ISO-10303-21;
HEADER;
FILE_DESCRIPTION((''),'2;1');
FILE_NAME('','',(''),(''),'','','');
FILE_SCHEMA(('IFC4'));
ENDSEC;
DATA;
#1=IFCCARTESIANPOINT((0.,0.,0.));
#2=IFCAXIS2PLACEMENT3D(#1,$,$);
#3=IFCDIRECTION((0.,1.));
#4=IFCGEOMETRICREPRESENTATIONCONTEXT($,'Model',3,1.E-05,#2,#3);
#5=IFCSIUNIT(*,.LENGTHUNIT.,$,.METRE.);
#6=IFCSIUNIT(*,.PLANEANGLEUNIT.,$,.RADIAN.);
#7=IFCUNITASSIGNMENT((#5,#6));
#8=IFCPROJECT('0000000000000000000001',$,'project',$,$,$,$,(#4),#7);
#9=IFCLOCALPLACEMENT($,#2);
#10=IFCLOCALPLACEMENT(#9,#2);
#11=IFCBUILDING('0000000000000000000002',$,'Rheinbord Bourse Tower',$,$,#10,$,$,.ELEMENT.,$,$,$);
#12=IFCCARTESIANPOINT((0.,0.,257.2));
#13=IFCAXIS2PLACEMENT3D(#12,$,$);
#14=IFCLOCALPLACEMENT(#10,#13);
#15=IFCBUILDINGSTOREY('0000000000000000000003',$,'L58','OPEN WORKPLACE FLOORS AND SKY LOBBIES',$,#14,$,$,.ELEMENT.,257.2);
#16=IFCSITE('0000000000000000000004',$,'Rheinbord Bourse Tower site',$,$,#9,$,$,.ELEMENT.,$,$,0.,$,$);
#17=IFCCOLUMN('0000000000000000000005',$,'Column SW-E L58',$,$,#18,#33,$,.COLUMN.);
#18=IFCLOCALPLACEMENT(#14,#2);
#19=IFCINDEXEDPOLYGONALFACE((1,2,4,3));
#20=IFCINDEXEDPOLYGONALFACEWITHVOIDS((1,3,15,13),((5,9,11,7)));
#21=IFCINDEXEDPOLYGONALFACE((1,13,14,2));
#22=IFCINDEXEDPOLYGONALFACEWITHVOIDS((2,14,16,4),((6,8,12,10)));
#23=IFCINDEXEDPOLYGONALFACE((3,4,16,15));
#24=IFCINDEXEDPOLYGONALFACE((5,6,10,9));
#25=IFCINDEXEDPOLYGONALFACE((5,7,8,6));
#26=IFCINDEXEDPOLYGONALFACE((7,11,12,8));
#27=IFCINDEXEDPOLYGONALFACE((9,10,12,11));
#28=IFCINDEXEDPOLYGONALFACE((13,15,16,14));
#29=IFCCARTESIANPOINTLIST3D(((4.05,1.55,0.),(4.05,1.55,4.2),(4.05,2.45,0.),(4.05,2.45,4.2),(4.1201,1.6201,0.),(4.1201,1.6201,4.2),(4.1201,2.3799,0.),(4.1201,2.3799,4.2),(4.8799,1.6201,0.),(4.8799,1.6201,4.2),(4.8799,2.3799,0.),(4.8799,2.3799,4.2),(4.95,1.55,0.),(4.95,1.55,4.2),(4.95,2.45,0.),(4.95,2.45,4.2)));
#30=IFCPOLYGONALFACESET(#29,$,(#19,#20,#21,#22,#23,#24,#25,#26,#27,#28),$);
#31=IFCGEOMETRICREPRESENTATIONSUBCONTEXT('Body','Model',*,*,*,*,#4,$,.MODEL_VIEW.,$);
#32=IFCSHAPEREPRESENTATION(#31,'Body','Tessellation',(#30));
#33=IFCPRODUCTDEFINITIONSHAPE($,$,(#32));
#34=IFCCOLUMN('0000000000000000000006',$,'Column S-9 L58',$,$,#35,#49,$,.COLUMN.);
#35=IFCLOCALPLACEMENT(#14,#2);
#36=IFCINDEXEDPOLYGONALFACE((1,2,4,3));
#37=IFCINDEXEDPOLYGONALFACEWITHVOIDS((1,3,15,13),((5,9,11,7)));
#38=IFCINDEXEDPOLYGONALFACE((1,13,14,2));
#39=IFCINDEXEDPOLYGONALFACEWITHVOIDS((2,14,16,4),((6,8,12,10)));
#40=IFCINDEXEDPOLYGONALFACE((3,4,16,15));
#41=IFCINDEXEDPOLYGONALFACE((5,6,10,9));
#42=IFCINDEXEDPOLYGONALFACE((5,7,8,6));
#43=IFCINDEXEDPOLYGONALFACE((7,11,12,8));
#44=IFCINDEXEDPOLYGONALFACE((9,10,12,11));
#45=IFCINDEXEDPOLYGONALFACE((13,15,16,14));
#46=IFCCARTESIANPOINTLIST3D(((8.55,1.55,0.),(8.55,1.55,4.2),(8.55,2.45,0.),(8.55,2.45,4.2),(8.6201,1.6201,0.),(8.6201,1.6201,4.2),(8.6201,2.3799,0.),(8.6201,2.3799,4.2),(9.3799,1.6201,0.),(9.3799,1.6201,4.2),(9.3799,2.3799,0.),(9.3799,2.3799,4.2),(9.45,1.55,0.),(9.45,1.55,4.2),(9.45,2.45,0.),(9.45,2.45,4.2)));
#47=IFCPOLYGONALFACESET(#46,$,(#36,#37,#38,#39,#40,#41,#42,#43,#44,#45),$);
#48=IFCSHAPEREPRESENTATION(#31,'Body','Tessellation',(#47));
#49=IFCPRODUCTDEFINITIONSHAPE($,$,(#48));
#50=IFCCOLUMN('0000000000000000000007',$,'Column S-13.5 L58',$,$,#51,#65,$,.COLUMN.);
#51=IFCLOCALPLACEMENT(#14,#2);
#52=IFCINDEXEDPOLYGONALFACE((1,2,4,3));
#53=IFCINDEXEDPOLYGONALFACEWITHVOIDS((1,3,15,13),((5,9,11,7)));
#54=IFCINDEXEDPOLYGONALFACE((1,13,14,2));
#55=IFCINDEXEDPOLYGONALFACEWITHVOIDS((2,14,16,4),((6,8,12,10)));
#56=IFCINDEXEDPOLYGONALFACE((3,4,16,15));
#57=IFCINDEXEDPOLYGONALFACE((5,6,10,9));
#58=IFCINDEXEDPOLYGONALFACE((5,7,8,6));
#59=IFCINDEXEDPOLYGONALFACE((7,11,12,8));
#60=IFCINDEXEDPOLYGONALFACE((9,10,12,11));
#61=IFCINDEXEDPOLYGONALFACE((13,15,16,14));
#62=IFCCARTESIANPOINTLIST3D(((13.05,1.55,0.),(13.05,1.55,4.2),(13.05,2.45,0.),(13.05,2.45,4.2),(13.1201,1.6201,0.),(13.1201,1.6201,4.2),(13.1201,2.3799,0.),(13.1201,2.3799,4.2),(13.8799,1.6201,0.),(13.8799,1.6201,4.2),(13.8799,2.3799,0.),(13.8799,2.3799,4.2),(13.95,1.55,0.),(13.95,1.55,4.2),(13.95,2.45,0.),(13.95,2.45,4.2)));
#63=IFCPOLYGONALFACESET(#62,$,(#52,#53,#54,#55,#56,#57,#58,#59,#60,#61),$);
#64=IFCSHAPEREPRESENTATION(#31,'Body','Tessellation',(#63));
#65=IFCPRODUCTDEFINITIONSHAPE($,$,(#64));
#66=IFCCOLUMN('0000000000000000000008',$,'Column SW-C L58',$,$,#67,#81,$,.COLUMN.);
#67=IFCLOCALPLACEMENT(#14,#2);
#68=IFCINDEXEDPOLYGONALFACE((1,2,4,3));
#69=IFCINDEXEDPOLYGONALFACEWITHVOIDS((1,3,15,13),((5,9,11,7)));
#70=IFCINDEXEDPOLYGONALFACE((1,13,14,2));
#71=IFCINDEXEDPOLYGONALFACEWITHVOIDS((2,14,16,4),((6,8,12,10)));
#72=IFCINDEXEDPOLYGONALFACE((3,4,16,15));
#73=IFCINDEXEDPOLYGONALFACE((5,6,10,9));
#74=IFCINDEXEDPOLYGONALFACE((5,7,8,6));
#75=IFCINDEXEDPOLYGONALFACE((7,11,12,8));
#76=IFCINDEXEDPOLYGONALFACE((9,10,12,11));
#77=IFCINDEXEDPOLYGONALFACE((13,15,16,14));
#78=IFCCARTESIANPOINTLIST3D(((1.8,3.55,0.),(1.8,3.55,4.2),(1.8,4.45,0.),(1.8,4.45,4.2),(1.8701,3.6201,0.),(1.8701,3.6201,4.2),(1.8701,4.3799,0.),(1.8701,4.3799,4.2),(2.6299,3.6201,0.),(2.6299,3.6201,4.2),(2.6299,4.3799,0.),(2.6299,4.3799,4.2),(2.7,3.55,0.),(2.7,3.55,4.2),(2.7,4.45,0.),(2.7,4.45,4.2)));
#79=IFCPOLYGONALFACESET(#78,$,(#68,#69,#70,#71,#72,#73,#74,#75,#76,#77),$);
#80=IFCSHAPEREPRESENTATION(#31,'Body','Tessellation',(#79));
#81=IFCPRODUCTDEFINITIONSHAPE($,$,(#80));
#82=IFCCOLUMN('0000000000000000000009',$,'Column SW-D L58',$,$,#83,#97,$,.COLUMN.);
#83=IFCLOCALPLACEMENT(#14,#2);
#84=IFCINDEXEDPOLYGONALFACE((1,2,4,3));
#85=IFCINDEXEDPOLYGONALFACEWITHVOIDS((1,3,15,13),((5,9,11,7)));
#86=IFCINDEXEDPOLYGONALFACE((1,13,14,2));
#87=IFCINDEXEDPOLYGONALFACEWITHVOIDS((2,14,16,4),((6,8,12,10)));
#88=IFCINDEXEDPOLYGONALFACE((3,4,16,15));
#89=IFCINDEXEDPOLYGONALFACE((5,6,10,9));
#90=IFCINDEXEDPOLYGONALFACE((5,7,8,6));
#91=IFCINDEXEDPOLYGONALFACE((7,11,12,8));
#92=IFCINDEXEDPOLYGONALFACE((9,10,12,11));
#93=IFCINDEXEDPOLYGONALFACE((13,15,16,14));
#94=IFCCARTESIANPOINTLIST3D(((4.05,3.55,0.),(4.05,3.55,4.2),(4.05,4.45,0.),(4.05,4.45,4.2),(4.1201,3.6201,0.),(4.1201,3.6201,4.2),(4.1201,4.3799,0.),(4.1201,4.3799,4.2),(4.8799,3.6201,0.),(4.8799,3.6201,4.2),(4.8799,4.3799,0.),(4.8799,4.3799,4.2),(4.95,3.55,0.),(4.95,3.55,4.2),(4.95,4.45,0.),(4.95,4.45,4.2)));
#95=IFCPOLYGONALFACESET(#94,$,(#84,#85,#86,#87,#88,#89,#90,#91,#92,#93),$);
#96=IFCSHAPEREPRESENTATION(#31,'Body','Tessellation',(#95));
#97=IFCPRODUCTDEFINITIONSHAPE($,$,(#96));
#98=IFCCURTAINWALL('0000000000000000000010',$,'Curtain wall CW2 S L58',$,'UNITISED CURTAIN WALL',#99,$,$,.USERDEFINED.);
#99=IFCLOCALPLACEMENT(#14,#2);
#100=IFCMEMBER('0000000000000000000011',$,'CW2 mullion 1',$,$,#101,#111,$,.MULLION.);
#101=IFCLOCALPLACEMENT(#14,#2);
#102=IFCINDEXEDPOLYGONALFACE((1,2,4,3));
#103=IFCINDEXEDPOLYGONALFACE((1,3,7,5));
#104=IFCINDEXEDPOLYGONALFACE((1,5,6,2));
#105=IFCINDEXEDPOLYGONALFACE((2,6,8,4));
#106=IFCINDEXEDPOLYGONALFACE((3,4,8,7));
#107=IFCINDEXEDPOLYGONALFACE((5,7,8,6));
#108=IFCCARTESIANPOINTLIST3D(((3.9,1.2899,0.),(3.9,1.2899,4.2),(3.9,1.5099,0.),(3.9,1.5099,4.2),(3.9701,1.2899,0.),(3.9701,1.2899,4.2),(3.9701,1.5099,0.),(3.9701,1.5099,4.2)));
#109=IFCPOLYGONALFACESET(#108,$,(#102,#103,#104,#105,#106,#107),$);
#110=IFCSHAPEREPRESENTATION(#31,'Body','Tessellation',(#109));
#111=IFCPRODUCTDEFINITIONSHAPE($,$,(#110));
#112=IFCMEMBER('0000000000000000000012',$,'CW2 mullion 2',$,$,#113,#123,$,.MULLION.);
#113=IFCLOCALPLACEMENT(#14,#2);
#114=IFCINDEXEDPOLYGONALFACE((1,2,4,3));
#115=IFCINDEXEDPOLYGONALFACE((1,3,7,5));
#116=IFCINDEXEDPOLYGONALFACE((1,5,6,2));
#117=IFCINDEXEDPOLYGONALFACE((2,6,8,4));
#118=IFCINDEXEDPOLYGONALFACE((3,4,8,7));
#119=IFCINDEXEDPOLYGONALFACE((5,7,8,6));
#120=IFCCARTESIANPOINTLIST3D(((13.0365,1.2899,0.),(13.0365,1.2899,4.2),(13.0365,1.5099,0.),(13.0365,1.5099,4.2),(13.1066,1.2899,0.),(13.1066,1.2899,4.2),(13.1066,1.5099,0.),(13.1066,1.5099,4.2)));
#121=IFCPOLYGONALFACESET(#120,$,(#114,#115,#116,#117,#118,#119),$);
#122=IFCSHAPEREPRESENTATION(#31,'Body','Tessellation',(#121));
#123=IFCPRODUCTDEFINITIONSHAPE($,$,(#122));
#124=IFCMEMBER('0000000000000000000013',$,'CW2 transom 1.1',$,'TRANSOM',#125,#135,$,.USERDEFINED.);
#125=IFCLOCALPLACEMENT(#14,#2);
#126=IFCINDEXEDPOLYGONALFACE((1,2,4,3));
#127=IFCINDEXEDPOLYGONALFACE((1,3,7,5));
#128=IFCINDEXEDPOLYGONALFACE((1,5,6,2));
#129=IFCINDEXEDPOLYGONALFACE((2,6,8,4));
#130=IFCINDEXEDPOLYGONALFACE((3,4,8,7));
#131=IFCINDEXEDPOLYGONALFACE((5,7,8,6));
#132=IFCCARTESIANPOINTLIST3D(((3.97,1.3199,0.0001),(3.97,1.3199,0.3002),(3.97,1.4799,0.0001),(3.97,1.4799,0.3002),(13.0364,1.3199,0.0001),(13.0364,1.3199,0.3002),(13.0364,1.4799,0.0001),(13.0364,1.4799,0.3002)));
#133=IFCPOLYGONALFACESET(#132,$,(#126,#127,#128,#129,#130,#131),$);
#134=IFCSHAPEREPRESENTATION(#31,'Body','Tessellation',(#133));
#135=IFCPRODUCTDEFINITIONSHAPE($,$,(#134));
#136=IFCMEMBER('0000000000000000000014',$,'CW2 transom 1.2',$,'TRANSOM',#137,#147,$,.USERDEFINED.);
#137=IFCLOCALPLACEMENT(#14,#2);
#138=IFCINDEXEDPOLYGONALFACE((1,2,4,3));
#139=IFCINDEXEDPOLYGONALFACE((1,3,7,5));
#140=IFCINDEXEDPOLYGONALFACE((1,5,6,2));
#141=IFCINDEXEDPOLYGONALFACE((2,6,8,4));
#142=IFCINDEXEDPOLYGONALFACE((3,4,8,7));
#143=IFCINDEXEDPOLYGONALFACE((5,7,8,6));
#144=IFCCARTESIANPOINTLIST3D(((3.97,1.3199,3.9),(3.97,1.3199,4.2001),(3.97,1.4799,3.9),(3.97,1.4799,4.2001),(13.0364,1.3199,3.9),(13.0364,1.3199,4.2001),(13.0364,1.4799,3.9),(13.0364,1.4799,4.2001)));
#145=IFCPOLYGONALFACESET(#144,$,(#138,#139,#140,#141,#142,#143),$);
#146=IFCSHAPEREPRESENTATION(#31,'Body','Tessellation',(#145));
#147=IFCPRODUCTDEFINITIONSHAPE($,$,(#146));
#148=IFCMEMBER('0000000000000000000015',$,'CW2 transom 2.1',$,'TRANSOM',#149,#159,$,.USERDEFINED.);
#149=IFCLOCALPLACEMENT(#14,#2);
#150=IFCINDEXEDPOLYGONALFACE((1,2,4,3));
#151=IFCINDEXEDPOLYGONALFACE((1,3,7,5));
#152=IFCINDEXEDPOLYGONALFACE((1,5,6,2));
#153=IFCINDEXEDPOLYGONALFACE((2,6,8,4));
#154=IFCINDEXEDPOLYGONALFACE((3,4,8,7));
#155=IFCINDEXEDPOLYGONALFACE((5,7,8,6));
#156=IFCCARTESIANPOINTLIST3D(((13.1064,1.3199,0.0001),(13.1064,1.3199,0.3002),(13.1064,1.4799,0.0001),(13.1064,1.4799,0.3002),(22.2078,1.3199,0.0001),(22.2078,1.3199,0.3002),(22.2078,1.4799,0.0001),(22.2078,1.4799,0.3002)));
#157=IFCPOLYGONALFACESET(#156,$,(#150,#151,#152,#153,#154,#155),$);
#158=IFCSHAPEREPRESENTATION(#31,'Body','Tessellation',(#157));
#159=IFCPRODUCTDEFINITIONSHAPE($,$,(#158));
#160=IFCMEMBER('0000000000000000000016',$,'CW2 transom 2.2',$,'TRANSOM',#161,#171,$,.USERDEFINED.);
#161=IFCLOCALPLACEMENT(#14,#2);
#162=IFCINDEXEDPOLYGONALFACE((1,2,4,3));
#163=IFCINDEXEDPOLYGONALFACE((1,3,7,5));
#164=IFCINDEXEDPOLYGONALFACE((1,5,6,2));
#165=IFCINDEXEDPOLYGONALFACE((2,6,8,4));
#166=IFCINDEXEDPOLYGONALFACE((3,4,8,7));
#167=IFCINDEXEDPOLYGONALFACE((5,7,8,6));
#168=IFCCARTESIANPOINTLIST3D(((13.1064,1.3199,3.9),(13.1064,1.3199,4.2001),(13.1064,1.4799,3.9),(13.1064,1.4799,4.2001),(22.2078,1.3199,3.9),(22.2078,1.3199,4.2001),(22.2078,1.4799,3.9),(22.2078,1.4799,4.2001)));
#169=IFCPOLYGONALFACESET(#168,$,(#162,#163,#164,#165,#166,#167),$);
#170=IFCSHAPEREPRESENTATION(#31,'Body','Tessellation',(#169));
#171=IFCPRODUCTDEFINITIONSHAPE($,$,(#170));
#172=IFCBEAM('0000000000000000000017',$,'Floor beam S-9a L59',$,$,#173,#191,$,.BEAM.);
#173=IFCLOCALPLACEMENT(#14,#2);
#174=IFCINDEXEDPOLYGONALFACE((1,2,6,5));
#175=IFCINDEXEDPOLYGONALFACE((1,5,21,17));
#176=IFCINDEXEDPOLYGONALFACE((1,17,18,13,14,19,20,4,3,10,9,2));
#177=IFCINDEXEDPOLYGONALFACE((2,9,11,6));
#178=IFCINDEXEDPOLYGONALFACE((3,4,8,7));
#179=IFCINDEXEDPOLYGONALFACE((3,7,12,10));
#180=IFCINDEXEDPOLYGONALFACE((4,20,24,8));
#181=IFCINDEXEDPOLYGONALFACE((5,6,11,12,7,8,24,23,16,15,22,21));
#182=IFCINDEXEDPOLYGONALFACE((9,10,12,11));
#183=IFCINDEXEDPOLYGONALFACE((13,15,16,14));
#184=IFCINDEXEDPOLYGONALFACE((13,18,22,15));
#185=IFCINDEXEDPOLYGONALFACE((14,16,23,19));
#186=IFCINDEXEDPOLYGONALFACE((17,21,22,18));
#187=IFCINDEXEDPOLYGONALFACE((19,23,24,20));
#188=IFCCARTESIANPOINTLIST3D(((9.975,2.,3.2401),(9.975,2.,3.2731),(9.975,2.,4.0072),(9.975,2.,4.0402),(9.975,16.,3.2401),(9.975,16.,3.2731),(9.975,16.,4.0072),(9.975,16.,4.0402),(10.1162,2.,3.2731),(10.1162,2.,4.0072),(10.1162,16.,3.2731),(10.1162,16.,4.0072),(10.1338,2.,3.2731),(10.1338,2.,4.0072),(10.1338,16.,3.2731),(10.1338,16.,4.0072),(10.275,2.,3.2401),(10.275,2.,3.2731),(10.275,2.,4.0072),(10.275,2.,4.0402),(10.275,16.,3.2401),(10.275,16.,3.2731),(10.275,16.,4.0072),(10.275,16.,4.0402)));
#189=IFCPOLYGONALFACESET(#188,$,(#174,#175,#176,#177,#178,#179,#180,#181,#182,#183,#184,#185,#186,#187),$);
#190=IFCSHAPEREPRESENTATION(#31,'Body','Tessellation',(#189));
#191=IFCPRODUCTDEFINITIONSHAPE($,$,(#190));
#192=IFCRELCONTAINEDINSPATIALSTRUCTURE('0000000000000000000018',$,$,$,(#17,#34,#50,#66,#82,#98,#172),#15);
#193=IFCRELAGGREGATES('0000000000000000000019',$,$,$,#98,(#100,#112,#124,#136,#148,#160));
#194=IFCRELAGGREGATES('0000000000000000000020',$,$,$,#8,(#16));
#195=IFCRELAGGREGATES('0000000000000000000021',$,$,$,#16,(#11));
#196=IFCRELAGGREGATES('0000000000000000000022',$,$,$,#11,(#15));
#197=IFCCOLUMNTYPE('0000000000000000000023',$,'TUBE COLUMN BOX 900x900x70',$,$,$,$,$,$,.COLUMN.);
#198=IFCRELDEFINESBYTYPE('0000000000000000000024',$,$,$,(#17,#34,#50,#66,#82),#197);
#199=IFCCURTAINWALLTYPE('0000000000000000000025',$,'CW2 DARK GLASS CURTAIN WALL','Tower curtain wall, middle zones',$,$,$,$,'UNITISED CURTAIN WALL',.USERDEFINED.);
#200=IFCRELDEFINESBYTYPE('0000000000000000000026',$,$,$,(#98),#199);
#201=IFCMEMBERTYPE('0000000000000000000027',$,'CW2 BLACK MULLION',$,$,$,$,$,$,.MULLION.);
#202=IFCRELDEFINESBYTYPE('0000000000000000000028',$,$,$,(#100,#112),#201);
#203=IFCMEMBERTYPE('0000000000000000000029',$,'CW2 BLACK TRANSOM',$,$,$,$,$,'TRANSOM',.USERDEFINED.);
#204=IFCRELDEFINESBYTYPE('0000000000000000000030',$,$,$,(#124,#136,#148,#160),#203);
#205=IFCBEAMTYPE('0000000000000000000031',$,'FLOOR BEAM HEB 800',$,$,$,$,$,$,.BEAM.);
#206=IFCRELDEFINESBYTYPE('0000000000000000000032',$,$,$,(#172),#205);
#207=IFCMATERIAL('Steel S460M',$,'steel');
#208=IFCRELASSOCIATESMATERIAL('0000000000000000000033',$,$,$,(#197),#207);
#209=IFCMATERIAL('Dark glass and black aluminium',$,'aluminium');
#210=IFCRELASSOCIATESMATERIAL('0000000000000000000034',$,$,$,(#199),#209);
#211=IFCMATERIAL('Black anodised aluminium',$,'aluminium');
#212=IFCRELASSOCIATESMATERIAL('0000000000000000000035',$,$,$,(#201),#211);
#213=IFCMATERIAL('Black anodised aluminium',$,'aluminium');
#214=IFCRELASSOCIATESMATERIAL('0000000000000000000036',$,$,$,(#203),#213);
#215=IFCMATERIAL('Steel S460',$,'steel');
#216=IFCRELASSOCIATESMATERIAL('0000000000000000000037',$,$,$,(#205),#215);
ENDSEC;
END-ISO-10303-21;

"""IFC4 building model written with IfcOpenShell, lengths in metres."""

from ifc_helpers import new_model, si_unit, direction, frame, origin, origin_2d, place, context, subcontext, project, spatial, rectangle, hollow_rectangle, i_section, extrude, material, material_profile, profile_set, type_object, element, aggregate, save


model = new_model("IFC4")

# Units and contexts
model_context = context("Model", 3, precision=1e-05, world=origin(), true_north=direction((0.0, 1.0)))
body_context = subcontext(model_context, "Body", "Model", "MODEL_VIEW")
ifc_project = project(units=[si_unit("LENGTHUNIT", "METRE"), si_unit("PLANEANGLEUNIT", "RADIAN")], contexts=[model_context])

# Site, building, storey
site_placement = place(None, origin())
site = spatial("IfcSite", under=ifc_project, at=site_placement, Name="Rheinbord Bourse Tower site", CompositionType="ELEMENT", RefElevation=0.0)
building_placement = place(site_placement, origin())
building = spatial("IfcBuilding", under=site, at=building_placement, Name="Rheinbord Bourse Tower", CompositionType="ELEMENT")
storey_placement = place(building_placement, frame((0.0, 0.0, 257.2)))
storey = spatial("IfcBuildingStorey", under=building, at=storey_placement, Name="L58", Description="OPEN WORKPLACE FLOORS AND SKY LOBBIES", CompositionType="ELEMENT", Elevation=257.2)

# Columns
ifc_material_1 = material(Name="Steel S460M", Category="steel")
ifc_material_profile_1 = material_profile(ifc_material_1, hollow_rectangle(XDim=0.8999, YDim=0.8999, WallThickness=0.0701, at=origin_2d()), Name="BOX 900x900x70")
ifc_profile_set_1 = profile_set([ifc_material_profile_1], Name="Steel S460M")
column_type = type_object("IfcColumnType", Name="TUBE COLUMN BOX 900x900x70", PredefinedType="COLUMN", material=ifc_profile_set_1)
for number, where, z_axis, x_axis, name in (
    (1, (4.5, 2.0, 0.0), (0.0, 0.0, 1.0), (0.0, 1.0, 0.0), "Column SW-E L58"),
    (2, (9.0, 2.0, 0.0), (0.0, 0.0, 1.0), (0.0, 1.0, 0.0), "Column S-9 L58"),
    (3, (13.5, 2.0, 0.0), (0.0, 0.0, 1.0), (0.0, 1.0, 0.0), "Column S-13.5 L58"),
    (4, (2.25, 4.0, 0.0), (0.0, 0.0, 1.0), (1.0, 0.0, 0.0), "Column SW-C L58"),
    (5, (4.5, 4.0, 0.0), (0.0, 0.0, 1.0), (0.0, 1.0, 0.0), "Column SW-D L58"),
):
    element("IfcColumn", number, at=place(storey_placement, frame(where, z_axis=z_axis, x_axis=x_axis)), inside=storey, type_object=column_type, Name=name, PredefinedType="COLUMN", context=body_context, shape_type="SweptSolid", body=[
        extrude(hollow_rectangle(XDim=0.8999, YDim=0.8999, WallThickness=0.0701, at=origin_2d()), origin(), (0.0, 0.0, 1.0), 4.2),
    ])

# Curtain wall, members
ifc_material_2 = material(Name="Dark glass and black aluminium", Category="aluminium")
curtain_wall_type = type_object("IfcCurtainWallType", Name="CW2 DARK GLASS CURTAIN WALL", Description="Tower curtain wall, middle zones", ElementType="UNITISED CURTAIN WALL", PredefinedType="USERDEFINED", material=ifc_material_2)
curtain_wall_placement = place(storey_placement, origin())
curtain_wall = element("IfcCurtainWall", 6, at=curtain_wall_placement, inside=storey, type_object=curtain_wall_type, Name="Curtain wall CW2 S L58", ObjectType="UNITISED CURTAIN WALL", PredefinedType="USERDEFINED")
ifc_material_3 = material(Name="Black anodised aluminium", Category="aluminium")
ifc_material_profile_2 = material_profile(ifc_material_3, rectangle(XDim=0.22, YDim=0.0701, at=origin_2d()), Name="CW2 MULLION 70x220")
ifc_profile_set_2 = profile_set([ifc_material_profile_2], Name="Black anodised aluminium")
member_type_1 = type_object("IfcMemberType", Name="CW2 BLACK MULLION", PredefinedType="MULLION", material=ifc_profile_set_2)
member_1_placement = place(storey_placement, frame((3.9351, 1.3999, 0.0), z_axis=(0.0, 0.0, 1.0), x_axis=(0.0, 1.0, 0.0)))
member_1 = element("IfcMember", 7, at=member_1_placement, type_object=member_type_1, Name="CW2 mullion 1", PredefinedType="MULLION", context=body_context, shape_type="SweptSolid", body=[
    extrude(rectangle(XDim=0.22, YDim=0.0701, at=origin_2d()), origin(), (0.0, 0.0, 1.0), 4.2),
])
member_2_placement = place(storey_placement, frame((13.0715, 1.3999, 0.0), z_axis=(0.0, 0.0, 1.0), x_axis=(0.0, 1.0, 0.0)))
member_2 = element("IfcMember", 8, at=member_2_placement, type_object=member_type_1, Name="CW2 mullion 2", PredefinedType="MULLION", context=body_context, shape_type="SweptSolid", body=[
    extrude(rectangle(XDim=0.22, YDim=0.0701, at=origin_2d()), origin(), (0.0, 0.0, 1.0), 4.2),
])
ifc_material_4 = material(Name="Black anodised aluminium", Category="aluminium")
ifc_material_profile_3 = material_profile(ifc_material_4, rectangle(XDim=0.1599, YDim=0.3, at=origin_2d()), Name="CW2 TRANSOM 300x160")
ifc_profile_set_3 = profile_set([ifc_material_profile_3], Name="Black anodised aluminium")
member_type_2 = type_object("IfcMemberType", Name="CW2 BLACK TRANSOM", ElementType="TRANSOM", PredefinedType="USERDEFINED", material=ifc_profile_set_3)
member_3_placement = place(storey_placement, frame((3.97, 1.3999, 0.1501), z_axis=(1.0, 0.0, 0.0), x_axis=(0.0, 1.0, 0.0)))
member_3 = element("IfcMember", 9, at=member_3_placement, type_object=member_type_2, Name="CW2 transom 1.1", ObjectType="TRANSOM", PredefinedType="USERDEFINED", context=body_context, shape_type="SweptSolid", body=[
    extrude(rectangle(XDim=0.1599, YDim=0.3, at=origin_2d()), origin(), (0.0, 0.0, 1.0), 9.0664),
])
member_4_placement = place(storey_placement, frame((3.97, 1.3999, 4.05), z_axis=(1.0, 0.0, 0.0), x_axis=(0.0, 1.0, 0.0)))
member_4 = element("IfcMember", 10, at=member_4_placement, type_object=member_type_2, Name="CW2 transom 1.2", ObjectType="TRANSOM", PredefinedType="USERDEFINED", context=body_context, shape_type="SweptSolid", body=[
    extrude(rectangle(XDim=0.1599, YDim=0.3, at=origin_2d()), origin(), (0.0, 0.0, 1.0), 9.0664),
])
member_5_placement = place(storey_placement, frame((13.1064, 1.3999, 0.1501), z_axis=(1.0, 0.0, 0.0), x_axis=(0.0, 1.0, 0.0)))
member_5 = element("IfcMember", 11, at=member_5_placement, type_object=member_type_2, Name="CW2 transom 2.1", ObjectType="TRANSOM", PredefinedType="USERDEFINED", context=body_context, shape_type="SweptSolid", body=[
    extrude(rectangle(XDim=0.1599, YDim=0.3, at=origin_2d()), origin(), (0.0, 0.0, 1.0), 9.1013),
])
member_6_placement = place(storey_placement, frame((13.1064, 1.3999, 4.05), z_axis=(1.0, 0.0, 0.0), x_axis=(0.0, 1.0, 0.0)))
member_6 = element("IfcMember", 12, at=member_6_placement, type_object=member_type_2, Name="CW2 transom 2.2", ObjectType="TRANSOM", PredefinedType="USERDEFINED", context=body_context, shape_type="SweptSolid", body=[
    extrude(rectangle(XDim=0.1599, YDim=0.3, at=origin_2d()), origin(), (0.0, 0.0, 1.0), 9.1013),
])

# Beam
ifc_material_5 = material(Name="Steel S460", Category="steel")
ifc_material_profile_4 = material_profile(ifc_material_5, i_section(OverallWidth=0.3, OverallDepth=0.8, WebThickness=0.0176, FlangeThickness=0.033, at=origin_2d()), Name="HEB 800")
ifc_profile_set_4 = profile_set([ifc_material_profile_4], Name="Steel S460")
beam_type_1 = type_object("IfcBeamType", Name="FLOOR BEAM HEB 800", PredefinedType="BEAM", material=ifc_profile_set_4)
for number, where, z_axis, x_axis, name in (
    (13, (10.125, 2.0, 3.6401), (0.0, 1.0, 0.0), (-1.0, 0.0, 0.0), "Floor beam S-9a L59"),
):
    element("IfcBeam", number, at=place(storey_placement, frame(where, z_axis=z_axis, x_axis=x_axis)), inside=storey, type_object=beam_type_1, Name=name, PredefinedType="BEAM", context=body_context, shape_type="SweptSolid", body=[
        extrude(i_section(OverallWidth=0.3, OverallDepth=0.8, WebThickness=0.0176, FlangeThickness=0.033, at=origin_2d()), origin(), (0.0, 0.0, 1.0), 14.0),
    ])

aggregate(curtain_wall, [member_1, member_2, member_3, member_4, member_5, member_6])

save(model, "model.ifc")
